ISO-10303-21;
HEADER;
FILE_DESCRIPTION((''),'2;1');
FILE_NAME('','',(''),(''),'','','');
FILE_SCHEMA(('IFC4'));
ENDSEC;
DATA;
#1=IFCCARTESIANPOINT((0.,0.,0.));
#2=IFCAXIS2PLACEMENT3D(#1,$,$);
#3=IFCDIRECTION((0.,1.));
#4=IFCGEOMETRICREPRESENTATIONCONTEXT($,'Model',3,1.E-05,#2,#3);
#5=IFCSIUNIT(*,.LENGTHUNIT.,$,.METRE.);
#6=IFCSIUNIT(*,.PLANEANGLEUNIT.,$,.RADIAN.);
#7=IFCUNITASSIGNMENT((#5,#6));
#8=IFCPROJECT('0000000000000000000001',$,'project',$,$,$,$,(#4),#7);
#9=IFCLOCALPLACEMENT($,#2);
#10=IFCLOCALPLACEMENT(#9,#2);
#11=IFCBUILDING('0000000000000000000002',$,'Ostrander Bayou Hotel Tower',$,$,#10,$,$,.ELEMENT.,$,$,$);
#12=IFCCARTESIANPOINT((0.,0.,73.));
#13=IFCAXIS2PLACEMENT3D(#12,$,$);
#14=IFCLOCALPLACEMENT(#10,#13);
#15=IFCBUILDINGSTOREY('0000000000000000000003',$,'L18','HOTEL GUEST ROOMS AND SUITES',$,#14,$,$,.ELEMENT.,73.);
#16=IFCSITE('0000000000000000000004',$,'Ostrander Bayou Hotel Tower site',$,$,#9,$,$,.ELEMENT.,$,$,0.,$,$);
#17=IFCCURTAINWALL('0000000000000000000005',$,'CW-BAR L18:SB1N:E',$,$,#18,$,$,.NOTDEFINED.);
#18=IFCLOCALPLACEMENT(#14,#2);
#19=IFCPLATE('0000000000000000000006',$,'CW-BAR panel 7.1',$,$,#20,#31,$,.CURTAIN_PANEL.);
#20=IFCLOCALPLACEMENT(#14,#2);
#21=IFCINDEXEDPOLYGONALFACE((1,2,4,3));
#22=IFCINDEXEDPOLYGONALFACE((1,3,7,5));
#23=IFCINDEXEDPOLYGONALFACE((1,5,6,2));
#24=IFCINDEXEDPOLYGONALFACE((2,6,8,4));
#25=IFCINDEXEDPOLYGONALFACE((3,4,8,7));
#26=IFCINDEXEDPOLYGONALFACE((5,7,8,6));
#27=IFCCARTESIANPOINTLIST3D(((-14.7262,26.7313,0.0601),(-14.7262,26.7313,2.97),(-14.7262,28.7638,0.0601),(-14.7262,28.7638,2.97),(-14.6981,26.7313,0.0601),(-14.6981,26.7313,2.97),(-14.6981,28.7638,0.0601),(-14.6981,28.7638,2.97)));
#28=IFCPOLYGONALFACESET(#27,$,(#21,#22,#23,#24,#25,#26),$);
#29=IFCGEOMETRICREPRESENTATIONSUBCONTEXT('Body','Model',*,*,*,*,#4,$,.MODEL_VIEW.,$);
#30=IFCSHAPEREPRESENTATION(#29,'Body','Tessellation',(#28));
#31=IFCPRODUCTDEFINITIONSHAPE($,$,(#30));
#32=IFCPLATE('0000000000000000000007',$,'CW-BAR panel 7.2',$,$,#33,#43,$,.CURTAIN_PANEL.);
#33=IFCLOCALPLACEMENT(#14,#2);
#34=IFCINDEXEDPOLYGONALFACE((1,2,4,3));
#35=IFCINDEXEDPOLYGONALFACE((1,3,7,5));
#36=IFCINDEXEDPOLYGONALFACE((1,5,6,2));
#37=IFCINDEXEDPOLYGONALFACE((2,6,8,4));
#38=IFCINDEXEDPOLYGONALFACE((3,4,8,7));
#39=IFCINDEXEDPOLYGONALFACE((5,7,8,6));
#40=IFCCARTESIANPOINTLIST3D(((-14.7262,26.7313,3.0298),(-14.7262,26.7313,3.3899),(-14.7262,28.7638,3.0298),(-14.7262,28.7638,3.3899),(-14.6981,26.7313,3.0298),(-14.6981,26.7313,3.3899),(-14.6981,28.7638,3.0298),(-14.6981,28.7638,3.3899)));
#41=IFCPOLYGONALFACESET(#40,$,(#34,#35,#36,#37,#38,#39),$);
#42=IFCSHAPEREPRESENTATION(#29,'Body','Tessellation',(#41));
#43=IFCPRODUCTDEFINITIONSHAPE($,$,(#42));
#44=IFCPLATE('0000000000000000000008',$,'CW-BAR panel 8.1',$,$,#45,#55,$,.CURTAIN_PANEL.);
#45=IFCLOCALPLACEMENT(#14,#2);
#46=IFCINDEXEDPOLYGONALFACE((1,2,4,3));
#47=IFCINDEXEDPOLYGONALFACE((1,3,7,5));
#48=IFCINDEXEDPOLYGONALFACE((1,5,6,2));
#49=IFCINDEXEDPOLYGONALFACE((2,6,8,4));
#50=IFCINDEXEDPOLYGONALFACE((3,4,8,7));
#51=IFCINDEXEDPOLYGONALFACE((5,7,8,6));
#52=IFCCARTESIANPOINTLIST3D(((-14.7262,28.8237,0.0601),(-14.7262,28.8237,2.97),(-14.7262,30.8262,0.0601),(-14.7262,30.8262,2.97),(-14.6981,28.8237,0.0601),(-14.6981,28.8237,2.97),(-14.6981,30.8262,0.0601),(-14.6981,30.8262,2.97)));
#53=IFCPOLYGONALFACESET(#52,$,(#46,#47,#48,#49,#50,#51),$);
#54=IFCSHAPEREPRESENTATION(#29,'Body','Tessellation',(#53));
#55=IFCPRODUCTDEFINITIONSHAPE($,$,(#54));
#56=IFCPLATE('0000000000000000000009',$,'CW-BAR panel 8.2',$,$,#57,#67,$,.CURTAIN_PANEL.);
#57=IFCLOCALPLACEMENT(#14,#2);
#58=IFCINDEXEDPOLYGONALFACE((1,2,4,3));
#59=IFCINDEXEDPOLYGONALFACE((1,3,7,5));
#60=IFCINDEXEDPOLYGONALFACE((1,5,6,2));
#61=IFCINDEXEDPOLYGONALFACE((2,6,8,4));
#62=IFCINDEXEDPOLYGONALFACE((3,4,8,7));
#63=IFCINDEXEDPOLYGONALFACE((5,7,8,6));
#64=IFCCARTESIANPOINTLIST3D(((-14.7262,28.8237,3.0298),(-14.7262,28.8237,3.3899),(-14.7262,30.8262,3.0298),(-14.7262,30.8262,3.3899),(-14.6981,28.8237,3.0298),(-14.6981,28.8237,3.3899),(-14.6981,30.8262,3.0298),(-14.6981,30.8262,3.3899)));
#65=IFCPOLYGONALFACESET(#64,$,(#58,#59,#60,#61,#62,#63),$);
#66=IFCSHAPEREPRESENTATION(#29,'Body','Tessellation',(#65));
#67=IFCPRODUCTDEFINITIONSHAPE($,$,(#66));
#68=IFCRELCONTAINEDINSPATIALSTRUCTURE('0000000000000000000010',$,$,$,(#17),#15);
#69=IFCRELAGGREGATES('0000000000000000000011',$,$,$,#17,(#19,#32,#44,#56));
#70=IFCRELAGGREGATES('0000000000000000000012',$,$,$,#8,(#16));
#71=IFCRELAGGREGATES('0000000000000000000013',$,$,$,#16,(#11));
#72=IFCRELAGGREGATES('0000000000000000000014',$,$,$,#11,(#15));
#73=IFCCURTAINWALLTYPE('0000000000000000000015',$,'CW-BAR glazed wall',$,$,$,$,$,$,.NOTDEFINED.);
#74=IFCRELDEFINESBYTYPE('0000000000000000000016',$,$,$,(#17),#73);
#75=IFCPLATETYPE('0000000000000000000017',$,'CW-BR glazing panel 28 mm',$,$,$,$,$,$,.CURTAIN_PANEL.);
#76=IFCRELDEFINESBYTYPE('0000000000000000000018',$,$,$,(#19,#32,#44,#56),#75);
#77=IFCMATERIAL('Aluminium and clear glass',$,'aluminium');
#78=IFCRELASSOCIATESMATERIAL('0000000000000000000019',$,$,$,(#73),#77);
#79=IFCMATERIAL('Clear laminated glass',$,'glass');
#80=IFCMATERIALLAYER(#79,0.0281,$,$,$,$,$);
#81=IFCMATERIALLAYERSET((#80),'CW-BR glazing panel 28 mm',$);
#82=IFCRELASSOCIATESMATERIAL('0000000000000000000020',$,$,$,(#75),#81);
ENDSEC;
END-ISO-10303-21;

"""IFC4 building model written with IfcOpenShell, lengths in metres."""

from ifc_helpers import new_model, si_unit, direction, frame, origin, origin_2d, place, context, subcontext, project, spatial, rectangle, extrude, material, layer, layer_set, type_object, element, aggregate, save


model = new_model("IFC4")

# Units and contexts
model_context = context("Model", 3, precision=1e-05, world=origin(), true_north=direction((0.0, 1.0)))
body_context = subcontext(model_context, "Body", "Model", "MODEL_VIEW")
ifc_project = project(units=[si_unit("LENGTHUNIT", "METRE"), si_unit("PLANEANGLEUNIT", "RADIAN")], contexts=[model_context])

# Site, building, storey
site_placement = place(None, origin())
site = spatial("IfcSite", under=ifc_project, at=site_placement, Name="Ostrander Bayou Hotel Tower site", CompositionType="ELEMENT", RefElevation=0.0)
building_placement = place(site_placement, origin())
building = spatial("IfcBuilding", under=site, at=building_placement, Name="Ostrander Bayou Hotel Tower", CompositionType="ELEMENT")
storey_placement = place(building_placement, frame((0.0, 0.0, 73.0)))
storey = spatial("IfcBuildingStorey", under=building, at=storey_placement, Name="L18", Description="HOTEL GUEST ROOMS AND SUITES", CompositionType="ELEMENT", Elevation=73.0)

# Curtain wall
ifc_material_1 = material(Name="Aluminium and clear glass", Category="aluminium")
curtain_wall_type = type_object("IfcCurtainWallType", Name="CW-BAR glazed wall", PredefinedType="NOTDEFINED", material=ifc_material_1)
curtain_wall_1_placement = place(storey_placement, origin())
curtain_wall_1 = element("IfcCurtainWall", 1, at=curtain_wall_1_placement, inside=storey, type_object=curtain_wall_type, Name="CW-BAR L18:SB1N:E", PredefinedType="NOTDEFINED")

# Plates
ifc_material_2 = material(Name="Clear laminated glass", Category="glass")
ifc_layer_1 = layer(ifc_material_2, 0.0281)
ifc_layer_set_1 = layer_set([ifc_layer_1], Name="CW-BR glazing panel 28 mm")
plate_type = type_object("IfcPlateType", Name="CW-BR glazing panel 28 mm", PredefinedType="CURTAIN_PANEL", material=ifc_layer_set_1)
plate_1_placement = place(storey_placement, frame((-14.7122, 27.7476, 0.0601), z_axis=(0.0, 0.0, 1.0), x_axis=(0.0, 1.0, 0.0)))
plate_1 = element("IfcPlate", 2, at=plate_1_placement, type_object=plate_type, Name="CW-BAR panel 7.1", PredefinedType="CURTAIN_PANEL", context=body_context, shape_type="SweptSolid", body=[
    extrude(rectangle(XDim=2.0325, YDim=0.0281, at=origin_2d()), origin(), (0.0, 0.0, 1.0), 2.9099),
])
plate_2_placement = place(storey_placement, frame((-14.7122, 27.7476, 3.0298), z_axis=(0.0, 0.0, 1.0), x_axis=(0.0, 1.0, 0.0)))
plate_2 = element("IfcPlate", 3, at=plate_2_placement, type_object=plate_type, Name="CW-BAR panel 7.2", PredefinedType="CURTAIN_PANEL", context=body_context, shape_type="SweptSolid", body=[
    extrude(rectangle(XDim=2.0325, YDim=0.0281, at=origin_2d()), origin(), (0.0, 0.0, 1.0), 0.3601),
])
plate_3_placement = place(storey_placement, frame((-14.7122, 29.825, 0.0601), z_axis=(0.0, 0.0, 1.0), x_axis=(0.0, 1.0, 0.0)))
plate_3 = element("IfcPlate", 4, at=plate_3_placement, type_object=plate_type, Name="CW-BAR panel 8.1", PredefinedType="CURTAIN_PANEL", context=body_context, shape_type="SweptSolid", body=[
    extrude(rectangle(XDim=2.0024, YDim=0.0281, at=origin_2d()), origin(), (0.0, 0.0, 1.0), 2.9099),
])
plate_4_placement = place(storey_placement, frame((-14.7122, 29.825, 3.0298), z_axis=(0.0, 0.0, 1.0), x_axis=(0.0, 1.0, 0.0)))
plate_4 = element("IfcPlate", 5, at=plate_4_placement, type_object=plate_type, Name="CW-BAR panel 8.2", PredefinedType="CURTAIN_PANEL", context=body_context, shape_type="SweptSolid", body=[
    extrude(rectangle(XDim=2.0024, YDim=0.0281, at=origin_2d()), origin(), (0.0, 0.0, 1.0), 0.3601),
])
aggregate(curtain_wall_1, [plate_1, plate_2, plate_3, plate_4])

save(model, "model.ifc")
